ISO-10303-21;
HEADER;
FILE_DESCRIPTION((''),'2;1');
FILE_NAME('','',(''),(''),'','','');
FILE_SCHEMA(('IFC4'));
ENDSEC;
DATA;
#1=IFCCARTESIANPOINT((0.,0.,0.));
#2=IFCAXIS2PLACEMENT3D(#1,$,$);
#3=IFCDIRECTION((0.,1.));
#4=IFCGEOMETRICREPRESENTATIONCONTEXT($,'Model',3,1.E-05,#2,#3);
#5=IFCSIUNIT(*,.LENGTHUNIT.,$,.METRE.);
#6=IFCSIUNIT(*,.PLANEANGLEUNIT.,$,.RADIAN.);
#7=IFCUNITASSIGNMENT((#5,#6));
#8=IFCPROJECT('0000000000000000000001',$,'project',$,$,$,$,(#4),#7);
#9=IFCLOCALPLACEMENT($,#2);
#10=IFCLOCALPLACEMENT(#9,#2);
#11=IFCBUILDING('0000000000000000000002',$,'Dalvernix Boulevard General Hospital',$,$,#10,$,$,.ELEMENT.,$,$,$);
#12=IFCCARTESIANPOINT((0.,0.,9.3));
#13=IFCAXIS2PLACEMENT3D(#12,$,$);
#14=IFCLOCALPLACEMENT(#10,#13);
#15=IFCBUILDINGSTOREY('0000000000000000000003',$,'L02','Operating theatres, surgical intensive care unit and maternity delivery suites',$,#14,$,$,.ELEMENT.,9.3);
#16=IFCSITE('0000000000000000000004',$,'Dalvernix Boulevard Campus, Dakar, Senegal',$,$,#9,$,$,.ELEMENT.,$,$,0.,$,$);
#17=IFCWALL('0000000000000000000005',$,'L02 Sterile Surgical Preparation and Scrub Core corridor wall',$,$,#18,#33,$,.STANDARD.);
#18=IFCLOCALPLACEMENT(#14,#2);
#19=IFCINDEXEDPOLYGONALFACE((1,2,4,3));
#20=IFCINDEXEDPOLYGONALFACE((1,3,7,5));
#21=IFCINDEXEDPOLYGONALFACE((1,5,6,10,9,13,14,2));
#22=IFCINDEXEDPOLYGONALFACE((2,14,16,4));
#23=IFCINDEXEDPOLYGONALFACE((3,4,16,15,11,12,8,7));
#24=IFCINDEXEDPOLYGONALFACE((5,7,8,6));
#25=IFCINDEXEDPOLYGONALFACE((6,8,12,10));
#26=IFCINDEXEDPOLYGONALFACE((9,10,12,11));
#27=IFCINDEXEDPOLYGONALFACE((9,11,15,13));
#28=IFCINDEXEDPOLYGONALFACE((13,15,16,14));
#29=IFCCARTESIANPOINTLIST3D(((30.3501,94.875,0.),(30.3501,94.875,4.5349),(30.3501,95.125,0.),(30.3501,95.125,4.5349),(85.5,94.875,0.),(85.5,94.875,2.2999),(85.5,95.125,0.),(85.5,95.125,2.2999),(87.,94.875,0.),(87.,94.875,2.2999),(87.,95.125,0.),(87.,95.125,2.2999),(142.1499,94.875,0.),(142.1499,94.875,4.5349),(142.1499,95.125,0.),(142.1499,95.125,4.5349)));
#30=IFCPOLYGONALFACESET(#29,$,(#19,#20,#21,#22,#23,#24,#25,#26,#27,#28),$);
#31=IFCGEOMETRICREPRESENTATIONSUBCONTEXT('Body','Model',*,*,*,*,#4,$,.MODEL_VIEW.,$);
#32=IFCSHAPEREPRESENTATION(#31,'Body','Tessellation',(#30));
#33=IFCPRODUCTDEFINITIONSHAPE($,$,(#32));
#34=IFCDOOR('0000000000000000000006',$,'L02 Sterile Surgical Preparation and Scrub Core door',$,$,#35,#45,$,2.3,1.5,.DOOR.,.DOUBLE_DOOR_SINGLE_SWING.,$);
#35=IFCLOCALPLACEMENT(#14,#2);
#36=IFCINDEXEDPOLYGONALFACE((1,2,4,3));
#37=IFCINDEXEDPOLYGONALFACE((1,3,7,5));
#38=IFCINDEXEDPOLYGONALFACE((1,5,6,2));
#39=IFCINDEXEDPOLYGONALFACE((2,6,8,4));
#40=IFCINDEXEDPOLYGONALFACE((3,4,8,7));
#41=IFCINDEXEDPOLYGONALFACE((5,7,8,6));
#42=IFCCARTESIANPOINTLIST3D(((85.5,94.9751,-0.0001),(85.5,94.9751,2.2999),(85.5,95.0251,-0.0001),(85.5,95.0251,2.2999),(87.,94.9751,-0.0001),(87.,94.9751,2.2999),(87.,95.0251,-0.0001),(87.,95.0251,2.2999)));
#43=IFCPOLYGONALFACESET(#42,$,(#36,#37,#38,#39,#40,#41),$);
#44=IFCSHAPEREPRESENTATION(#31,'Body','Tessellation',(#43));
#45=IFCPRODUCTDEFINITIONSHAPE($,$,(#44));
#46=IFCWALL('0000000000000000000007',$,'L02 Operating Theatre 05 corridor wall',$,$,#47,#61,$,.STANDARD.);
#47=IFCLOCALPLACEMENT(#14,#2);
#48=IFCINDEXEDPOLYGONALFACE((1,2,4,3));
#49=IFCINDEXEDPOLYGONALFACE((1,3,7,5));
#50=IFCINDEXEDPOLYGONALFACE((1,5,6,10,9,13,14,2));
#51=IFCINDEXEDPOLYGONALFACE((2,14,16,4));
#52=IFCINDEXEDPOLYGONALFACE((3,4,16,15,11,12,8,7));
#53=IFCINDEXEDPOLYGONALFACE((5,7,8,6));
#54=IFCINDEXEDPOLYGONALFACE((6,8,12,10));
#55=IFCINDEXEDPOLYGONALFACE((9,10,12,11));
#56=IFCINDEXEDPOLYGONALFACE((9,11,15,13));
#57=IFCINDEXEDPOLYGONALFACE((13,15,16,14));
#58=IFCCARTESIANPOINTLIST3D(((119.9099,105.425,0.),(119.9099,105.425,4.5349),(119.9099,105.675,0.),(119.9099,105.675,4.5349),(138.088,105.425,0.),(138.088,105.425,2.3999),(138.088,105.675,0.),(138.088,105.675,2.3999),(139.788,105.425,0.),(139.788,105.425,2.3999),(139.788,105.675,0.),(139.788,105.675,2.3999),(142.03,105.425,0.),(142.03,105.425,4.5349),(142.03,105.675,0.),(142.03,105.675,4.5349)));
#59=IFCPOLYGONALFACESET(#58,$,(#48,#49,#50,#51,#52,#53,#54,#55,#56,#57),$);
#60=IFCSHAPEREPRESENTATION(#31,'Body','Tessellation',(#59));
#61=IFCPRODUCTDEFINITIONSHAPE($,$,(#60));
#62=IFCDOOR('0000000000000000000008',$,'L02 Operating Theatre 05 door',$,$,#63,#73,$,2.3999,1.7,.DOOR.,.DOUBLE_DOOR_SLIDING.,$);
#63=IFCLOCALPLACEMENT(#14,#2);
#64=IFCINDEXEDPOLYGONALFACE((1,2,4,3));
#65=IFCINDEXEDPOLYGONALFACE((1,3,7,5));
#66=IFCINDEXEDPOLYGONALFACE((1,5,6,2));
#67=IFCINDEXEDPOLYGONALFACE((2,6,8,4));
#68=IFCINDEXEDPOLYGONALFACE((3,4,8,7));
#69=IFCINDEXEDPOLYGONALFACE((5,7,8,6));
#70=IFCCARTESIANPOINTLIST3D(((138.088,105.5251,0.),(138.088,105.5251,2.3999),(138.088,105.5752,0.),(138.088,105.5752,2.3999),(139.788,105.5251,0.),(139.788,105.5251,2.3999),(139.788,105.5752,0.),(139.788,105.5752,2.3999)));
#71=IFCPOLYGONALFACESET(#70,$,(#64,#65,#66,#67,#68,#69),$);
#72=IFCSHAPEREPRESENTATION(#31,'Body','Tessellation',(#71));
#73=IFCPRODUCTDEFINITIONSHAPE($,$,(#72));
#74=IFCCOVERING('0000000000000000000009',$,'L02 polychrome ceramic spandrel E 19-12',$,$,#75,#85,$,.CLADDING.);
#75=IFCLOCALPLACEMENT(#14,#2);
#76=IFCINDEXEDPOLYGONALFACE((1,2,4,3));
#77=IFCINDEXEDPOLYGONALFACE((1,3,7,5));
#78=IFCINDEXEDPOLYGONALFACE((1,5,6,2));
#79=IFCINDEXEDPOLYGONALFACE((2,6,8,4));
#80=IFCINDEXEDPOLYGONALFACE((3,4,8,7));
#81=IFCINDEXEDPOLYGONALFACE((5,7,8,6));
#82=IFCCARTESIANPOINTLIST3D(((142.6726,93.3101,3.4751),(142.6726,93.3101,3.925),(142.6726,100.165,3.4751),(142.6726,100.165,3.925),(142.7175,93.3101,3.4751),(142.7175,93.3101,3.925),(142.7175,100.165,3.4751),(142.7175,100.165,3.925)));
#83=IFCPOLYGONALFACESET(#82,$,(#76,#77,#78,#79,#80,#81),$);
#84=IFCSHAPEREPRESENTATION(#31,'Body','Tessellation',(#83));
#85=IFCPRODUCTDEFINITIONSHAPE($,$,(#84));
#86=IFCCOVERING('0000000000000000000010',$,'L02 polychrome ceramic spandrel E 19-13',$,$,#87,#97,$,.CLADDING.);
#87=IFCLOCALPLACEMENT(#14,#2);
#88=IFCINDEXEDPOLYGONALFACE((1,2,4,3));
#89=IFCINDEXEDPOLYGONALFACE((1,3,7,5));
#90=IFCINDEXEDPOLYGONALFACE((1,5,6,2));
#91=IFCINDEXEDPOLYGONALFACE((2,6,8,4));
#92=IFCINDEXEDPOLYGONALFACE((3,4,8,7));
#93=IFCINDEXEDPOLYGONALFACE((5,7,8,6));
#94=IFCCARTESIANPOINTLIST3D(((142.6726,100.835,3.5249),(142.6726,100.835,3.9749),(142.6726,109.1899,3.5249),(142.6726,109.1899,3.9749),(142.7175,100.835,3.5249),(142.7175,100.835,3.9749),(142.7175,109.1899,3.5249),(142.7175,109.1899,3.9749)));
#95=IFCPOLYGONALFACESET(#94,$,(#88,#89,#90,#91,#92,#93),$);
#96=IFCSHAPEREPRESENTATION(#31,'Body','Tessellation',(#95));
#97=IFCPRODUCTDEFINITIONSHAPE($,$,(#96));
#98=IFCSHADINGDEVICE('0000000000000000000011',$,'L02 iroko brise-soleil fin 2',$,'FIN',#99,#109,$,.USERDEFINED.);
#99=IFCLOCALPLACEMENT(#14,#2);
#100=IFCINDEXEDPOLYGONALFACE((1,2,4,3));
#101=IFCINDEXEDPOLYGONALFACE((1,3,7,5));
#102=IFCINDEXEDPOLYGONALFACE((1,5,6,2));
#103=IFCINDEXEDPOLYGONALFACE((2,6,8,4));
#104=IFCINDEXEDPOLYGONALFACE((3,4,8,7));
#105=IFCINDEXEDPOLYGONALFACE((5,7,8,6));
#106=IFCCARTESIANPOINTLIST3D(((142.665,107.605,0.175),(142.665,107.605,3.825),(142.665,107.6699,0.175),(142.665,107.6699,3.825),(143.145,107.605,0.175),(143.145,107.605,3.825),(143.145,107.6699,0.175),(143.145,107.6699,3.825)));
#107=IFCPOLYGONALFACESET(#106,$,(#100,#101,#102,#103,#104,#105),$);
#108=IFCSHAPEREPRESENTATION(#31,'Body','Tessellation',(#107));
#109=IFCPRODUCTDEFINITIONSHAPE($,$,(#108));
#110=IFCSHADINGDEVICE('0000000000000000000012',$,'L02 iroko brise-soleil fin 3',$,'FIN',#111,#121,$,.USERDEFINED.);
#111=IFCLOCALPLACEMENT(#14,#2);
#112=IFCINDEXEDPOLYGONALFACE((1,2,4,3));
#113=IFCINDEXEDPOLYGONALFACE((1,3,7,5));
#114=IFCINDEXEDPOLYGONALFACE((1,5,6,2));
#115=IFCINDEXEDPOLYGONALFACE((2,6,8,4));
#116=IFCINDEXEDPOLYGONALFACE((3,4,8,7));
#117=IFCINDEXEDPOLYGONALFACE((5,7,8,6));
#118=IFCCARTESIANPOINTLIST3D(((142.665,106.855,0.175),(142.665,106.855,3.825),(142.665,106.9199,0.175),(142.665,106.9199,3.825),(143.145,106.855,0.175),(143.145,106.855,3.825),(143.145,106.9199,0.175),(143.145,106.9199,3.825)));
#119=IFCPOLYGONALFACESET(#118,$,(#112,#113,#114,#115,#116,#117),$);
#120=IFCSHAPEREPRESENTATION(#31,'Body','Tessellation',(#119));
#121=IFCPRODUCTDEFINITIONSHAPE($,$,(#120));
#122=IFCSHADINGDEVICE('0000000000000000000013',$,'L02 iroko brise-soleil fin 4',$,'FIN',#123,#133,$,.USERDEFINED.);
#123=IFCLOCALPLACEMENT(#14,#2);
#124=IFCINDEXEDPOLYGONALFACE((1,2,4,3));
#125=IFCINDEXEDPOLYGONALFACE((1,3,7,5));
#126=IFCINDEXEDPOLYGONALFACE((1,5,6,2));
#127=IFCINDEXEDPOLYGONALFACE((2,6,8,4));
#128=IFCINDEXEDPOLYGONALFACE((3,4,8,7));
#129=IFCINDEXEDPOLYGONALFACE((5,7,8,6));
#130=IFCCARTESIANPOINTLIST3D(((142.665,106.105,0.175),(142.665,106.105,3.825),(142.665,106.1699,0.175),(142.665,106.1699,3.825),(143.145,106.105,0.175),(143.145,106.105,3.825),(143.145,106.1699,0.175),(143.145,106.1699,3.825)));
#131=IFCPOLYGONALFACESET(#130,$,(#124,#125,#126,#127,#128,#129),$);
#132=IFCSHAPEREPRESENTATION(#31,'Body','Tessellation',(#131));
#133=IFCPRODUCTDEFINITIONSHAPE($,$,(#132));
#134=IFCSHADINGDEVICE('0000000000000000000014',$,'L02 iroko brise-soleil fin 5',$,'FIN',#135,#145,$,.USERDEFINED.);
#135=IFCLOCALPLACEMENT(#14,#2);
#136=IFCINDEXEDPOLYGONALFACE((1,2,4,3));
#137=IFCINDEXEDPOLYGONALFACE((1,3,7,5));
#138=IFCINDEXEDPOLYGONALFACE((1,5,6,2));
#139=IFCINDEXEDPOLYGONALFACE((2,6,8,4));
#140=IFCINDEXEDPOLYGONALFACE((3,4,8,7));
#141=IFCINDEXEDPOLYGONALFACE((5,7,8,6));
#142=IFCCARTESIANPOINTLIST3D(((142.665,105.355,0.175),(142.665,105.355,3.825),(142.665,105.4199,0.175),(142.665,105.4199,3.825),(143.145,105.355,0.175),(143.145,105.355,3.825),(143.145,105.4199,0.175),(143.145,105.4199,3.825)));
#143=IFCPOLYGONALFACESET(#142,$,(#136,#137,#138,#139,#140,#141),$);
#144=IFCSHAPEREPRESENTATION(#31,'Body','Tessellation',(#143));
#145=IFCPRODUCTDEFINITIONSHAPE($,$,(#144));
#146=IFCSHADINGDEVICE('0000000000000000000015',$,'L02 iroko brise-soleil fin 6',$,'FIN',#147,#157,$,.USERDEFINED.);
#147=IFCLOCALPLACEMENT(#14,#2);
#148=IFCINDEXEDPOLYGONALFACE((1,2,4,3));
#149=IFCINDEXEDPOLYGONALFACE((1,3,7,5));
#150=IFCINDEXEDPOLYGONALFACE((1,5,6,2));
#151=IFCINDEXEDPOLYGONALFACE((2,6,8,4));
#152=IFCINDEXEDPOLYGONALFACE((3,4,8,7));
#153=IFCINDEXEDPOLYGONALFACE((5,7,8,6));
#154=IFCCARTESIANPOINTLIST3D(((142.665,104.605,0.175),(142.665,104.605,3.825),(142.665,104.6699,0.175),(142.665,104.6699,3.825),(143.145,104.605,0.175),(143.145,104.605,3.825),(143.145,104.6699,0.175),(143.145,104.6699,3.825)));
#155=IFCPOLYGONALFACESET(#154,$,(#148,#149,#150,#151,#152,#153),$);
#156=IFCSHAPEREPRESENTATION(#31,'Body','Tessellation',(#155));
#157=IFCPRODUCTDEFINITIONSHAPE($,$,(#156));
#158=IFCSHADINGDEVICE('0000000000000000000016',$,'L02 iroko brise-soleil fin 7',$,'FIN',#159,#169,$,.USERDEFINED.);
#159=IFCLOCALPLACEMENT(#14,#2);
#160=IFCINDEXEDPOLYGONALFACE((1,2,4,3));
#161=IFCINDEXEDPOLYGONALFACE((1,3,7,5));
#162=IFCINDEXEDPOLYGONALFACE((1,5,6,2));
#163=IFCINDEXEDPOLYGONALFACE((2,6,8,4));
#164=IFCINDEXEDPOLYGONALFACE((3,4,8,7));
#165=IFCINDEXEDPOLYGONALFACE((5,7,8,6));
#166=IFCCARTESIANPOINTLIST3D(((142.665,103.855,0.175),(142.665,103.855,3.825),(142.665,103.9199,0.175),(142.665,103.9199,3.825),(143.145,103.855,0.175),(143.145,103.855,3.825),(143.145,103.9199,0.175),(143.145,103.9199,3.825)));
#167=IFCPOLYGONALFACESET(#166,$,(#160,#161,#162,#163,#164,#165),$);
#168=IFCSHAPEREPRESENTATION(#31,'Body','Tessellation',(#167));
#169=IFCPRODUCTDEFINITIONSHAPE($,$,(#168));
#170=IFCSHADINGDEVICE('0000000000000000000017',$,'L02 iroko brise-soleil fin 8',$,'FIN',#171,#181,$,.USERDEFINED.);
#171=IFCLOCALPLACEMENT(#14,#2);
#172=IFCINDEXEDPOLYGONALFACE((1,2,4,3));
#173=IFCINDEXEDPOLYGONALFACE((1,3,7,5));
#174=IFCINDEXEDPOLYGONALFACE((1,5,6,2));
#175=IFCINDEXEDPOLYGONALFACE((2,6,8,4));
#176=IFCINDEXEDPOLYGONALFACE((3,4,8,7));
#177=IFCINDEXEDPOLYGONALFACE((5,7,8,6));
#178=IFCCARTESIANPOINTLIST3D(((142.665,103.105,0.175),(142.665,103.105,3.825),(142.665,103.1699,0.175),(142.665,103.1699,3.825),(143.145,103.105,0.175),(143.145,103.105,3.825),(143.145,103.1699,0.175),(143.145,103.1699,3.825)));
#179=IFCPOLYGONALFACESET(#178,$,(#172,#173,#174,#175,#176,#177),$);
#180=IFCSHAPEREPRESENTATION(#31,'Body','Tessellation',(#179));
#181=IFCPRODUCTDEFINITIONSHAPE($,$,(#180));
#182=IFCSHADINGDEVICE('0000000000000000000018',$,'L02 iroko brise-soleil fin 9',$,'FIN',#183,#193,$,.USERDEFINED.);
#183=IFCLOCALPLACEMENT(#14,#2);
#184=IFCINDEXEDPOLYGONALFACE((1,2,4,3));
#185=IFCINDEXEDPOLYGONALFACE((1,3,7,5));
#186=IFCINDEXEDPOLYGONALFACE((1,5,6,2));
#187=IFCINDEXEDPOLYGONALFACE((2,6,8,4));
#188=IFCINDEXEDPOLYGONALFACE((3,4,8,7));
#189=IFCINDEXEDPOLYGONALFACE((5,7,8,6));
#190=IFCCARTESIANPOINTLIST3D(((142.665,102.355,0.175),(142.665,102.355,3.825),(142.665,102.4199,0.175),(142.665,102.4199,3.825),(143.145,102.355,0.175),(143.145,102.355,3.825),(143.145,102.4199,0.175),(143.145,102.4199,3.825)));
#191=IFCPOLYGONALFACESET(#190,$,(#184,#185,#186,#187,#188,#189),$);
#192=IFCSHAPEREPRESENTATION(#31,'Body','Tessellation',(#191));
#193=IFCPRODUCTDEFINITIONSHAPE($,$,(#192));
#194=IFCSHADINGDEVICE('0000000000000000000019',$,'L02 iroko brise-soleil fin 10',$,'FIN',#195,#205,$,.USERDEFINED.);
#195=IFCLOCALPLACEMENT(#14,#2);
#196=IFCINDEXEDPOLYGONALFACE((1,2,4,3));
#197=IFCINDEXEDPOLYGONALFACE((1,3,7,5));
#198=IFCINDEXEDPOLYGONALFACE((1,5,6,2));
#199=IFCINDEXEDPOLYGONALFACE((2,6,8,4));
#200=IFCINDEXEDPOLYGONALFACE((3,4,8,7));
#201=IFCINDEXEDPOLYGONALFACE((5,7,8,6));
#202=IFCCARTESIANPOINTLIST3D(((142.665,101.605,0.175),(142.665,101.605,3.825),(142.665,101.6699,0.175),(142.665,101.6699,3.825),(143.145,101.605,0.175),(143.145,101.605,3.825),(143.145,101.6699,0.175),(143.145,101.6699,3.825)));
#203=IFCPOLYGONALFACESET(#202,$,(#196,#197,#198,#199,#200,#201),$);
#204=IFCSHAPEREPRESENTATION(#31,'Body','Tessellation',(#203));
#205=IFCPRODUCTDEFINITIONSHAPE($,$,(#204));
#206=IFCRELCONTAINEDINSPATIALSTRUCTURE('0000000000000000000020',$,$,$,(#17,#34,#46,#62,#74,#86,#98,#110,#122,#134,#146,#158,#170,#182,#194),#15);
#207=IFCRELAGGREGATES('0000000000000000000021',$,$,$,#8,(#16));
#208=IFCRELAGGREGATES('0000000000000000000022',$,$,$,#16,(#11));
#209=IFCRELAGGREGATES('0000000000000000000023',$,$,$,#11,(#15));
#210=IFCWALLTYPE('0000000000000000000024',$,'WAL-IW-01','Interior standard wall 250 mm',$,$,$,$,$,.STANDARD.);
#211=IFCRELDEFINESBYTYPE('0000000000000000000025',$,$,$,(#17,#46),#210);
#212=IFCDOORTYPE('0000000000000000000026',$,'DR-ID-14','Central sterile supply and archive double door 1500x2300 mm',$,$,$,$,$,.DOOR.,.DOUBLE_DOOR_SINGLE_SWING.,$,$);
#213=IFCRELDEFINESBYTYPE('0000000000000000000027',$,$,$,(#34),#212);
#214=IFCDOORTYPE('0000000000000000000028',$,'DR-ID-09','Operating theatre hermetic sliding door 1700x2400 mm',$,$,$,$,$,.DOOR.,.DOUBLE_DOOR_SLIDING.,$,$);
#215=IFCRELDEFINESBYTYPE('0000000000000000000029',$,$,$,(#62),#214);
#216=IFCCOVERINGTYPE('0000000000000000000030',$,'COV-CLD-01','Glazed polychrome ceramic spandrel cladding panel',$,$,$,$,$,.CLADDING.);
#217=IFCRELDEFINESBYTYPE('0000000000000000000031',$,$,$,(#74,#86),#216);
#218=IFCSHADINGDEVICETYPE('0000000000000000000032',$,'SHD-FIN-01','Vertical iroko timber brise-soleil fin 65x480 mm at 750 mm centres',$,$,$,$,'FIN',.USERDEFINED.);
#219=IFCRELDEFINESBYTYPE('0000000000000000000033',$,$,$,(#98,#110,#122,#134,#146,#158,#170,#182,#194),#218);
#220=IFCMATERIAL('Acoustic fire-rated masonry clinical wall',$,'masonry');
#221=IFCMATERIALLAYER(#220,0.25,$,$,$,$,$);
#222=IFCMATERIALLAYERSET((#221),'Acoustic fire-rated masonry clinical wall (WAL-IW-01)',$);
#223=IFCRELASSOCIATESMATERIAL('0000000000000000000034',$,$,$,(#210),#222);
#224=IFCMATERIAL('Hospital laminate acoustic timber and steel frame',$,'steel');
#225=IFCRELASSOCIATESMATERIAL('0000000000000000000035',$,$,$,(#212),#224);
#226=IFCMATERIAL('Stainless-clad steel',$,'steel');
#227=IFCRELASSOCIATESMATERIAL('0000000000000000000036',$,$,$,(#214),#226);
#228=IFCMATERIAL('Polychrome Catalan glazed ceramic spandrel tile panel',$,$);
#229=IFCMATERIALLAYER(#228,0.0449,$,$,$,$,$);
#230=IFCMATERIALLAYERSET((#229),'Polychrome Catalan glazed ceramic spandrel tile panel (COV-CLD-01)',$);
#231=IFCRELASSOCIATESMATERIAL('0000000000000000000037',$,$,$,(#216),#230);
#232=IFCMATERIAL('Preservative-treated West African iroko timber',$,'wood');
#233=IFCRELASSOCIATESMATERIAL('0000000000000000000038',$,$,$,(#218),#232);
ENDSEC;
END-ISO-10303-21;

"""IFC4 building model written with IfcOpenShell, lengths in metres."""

from ifc_helpers import new_model, si_unit, direction, frame, frame_2d, origin, origin_2d, place, context, subcontext, project, spatial, rectangle, extrude, material, layer, layer_set, type_object, element, fill, save


model = new_model("IFC4")

# Units and contexts
model_context = context("Model", 3, precision=1e-05, world=origin(), true_north=direction((0.0, 1.0)))
body_context = subcontext(model_context, "Body", "Model", "MODEL_VIEW")
ifc_project = project(units=[si_unit("LENGTHUNIT", "METRE"), si_unit("PLANEANGLEUNIT", "RADIAN")], contexts=[model_context])

# Site, building, storey
site_placement = place(None, origin())
site = spatial("IfcSite", under=ifc_project, at=site_placement, Name="Dalvernix Boulevard Campus, Dakar, Senegal", CompositionType="ELEMENT", RefElevation=0.0)
building_placement = place(site_placement, origin())
building = spatial("IfcBuilding", under=site, at=building_placement, Name="Dalvernix Boulevard General Hospital", CompositionType="ELEMENT")
storey_placement = place(building_placement, frame((0.0, 0.0, 9.3)))
storey = spatial("IfcBuildingStorey", under=building, at=storey_placement, Name="L02", Description="Operating theatres, surgical intensive care unit and maternity delivery suites", CompositionType="ELEMENT", Elevation=9.3)

# Walls, openings, doors
ifc_material_1 = material(Name="Acoustic fire-rated masonry clinical wall", Category="masonry")
ifc_layer_1 = layer(ifc_material_1, 0.25)
ifc_layer_set_1 = layer_set([ifc_layer_1], Name="Acoustic fire-rated masonry clinical wall (WAL-IW-01)")
wall_type_1 = type_object("IfcWallType", Name="WAL-IW-01", Description="Interior standard wall 250 mm", PredefinedType="STANDARD", material=ifc_layer_set_1)
wall_1_placement = place(storey_placement, frame((142.1499, 95.0, 0.0), z_axis=(0.0, 0.0, 1.0), x_axis=(-1.0, 0.0, 0.0)))
wall_1 = element("IfcWall", 1, at=wall_1_placement, inside=storey, type_object=wall_type_1, Name="L02 Sterile Surgical Preparation and Scrub Core corridor wall", PredefinedType="STANDARD", context=body_context, shape_type="SweptSolid", body=[
    extrude(rectangle(XDim=111.7998, YDim=0.25, at=frame_2d((55.8999, 0.0))), origin(), (0.0, 0.0, 1.0), 4.5349),
])
opening_1_placement = place(wall_1_placement, frame((55.1499, 0.0, 0.0)))
opening_1 = element("IfcOpeningElement", 2, at=opening_1_placement, cuts=wall_1, PredefinedType="OPENING", context=body_context, shape_type="SweptSolid", body=[
    extrude(rectangle(XDim=1.5, YDim=2.3, at=frame_2d((0.75, 1.1499))), frame((0.0, 0.135, 0.0), z_axis=(0.0, -1.0, 0.0), x_axis=(1.0, 0.0, 0.0)), (0.0, 0.0, 1.0), 0.27),
])
ifc_material_2 = material(Name="Hospital laminate acoustic timber and steel frame", Category="steel")
door_type_1 = type_object("IfcDoorType", Name="DR-ID-14", Description="Central sterile supply and archive double door 1500x2300 mm", OperationType="DOUBLE_DOOR_SINGLE_SWING", PredefinedType="DOOR", material=ifc_material_2)
door_1_placement = place(opening_1_placement, origin())
door_1 = element("IfcDoor", 3, at=door_1_placement, inside=storey, type_object=door_type_1, Name="L02 Sterile Surgical Preparation and Scrub Core door", OperationType="DOUBLE_DOOR_SINGLE_SWING", OverallHeight=2.3, OverallWidth=1.5, PredefinedType="DOOR", context=body_context, shape_type="SweptSolid", body=[
    extrude(rectangle(XDim=1.5, YDim=2.3, at=frame_2d((0.75, 1.1499))), frame((0.0, 0.0249, 0.0), z_axis=(0.0, -1.0, 0.0), x_axis=(1.0, 0.0, 0.0)), (0.0, 0.0, 1.0), 0.05),
])
fill(opening_1, door_1)
wall_2_placement = place(storey_placement, frame((142.03, 105.55, 0.0), z_axis=(0.0, 0.0, 1.0), x_axis=(-1.0, 0.0, 0.0)))
wall_2 = element("IfcWall", 4, at=wall_2_placement, inside=storey, type_object=wall_type_1, Name="L02 Operating Theatre 05 corridor wall", PredefinedType="STANDARD", context=body_context, shape_type="SweptSolid", body=[
    extrude(rectangle(XDim=22.1201, YDim=0.25, at=frame_2d((11.0601, 0.0))), origin(), (0.0, 0.0, 1.0), 4.5349),
])
opening_2_placement = place(wall_2_placement, frame((2.2419, 0.0, 0.0)))
opening_2 = element("IfcOpeningElement", 5, at=opening_2_placement, cuts=wall_2, PredefinedType="OPENING", context=body_context, shape_type="SweptSolid", body=[
    extrude(rectangle(XDim=1.7, YDim=2.3999, at=frame_2d((0.8501, 1.2))), frame((0.0, 0.135, 0.0), z_axis=(0.0, -1.0, 0.0), x_axis=(1.0, 0.0, 0.0)), (0.0, 0.0, 1.0), 0.27),
])
ifc_material_3 = material(Name="Stainless-clad steel", Category="steel")
door_type_2 = type_object("IfcDoorType", Name="DR-ID-09", Description="Operating theatre hermetic sliding door 1700x2400 mm", OperationType="DOUBLE_DOOR_SLIDING", PredefinedType="DOOR", material=ifc_material_3)
door_2_placement = place(opening_2_placement, origin())
door_2 = element("IfcDoor", 6, at=door_2_placement, inside=storey, type_object=door_type_2, Name="L02 Operating Theatre 05 door", OperationType="DOUBLE_DOOR_SLIDING", OverallHeight=2.3999, OverallWidth=1.7, PredefinedType="DOOR", context=body_context, shape_type="SweptSolid", body=[
    extrude(rectangle(XDim=1.7, YDim=2.3999, at=frame_2d((0.8501, 1.2))), frame((0.0, 0.0249, 0.0), z_axis=(0.0, -1.0, 0.0), x_axis=(1.0, 0.0, 0.0)), (0.0, 0.0, 1.0), 0.05),
])
fill(opening_2, door_2)

# Coverings
ifc_material_4 = material(Name="Polychrome Catalan glazed ceramic spandrel tile panel")
ifc_layer_2 = layer(ifc_material_4, 0.0449)
ifc_layer_set_2 = layer_set([ifc_layer_2], Name="Polychrome Catalan glazed ceramic spandrel tile panel (COV-CLD-01)")
covering_type = type_object("IfcCoveringType", Name="COV-CLD-01", Description="Glazed polychrome ceramic spandrel cladding panel", PredefinedType="CLADDING", material=ifc_layer_set_2)
covering_1_placement = place(storey_placement, frame((142.6951, 96.7375, 3.4751), z_axis=(0.0, 0.0, 1.0), x_axis=(0.0, -1.0, 0.0)))
element("IfcCovering", 7, at=covering_1_placement, inside=storey, type_object=covering_type, Name="L02 polychrome ceramic spandrel E 19-12", PredefinedType="CLADDING", context=body_context, shape_type="SweptSolid", body=[
    extrude(rectangle(XDim=6.855, YDim=0.0449, at=origin_2d()), origin(), (0.0, 0.0, 1.0), 0.45),
])
covering_2_placement = place(storey_placement, frame((142.6951, 105.0125, 3.5249), z_axis=(0.0, 0.0, 1.0), x_axis=(0.0, -1.0, 0.0)))
element("IfcCovering", 8, at=covering_2_placement, inside=storey, type_object=covering_type, Name="L02 polychrome ceramic spandrel E 19-13", PredefinedType="CLADDING", context=body_context, shape_type="SweptSolid", body=[
    extrude(rectangle(XDim=8.355, YDim=0.0449, at=origin_2d()), origin(), (0.0, 0.0, 1.0), 0.45),
])

# Shading devices
ifc_material_5 = material(Name="Preservative-treated West African iroko timber", Category="wood")
shading_device_type = type_object("IfcShadingDeviceType", Name="SHD-FIN-01", Description="Vertical iroko timber brise-soleil fin 65x480 mm at 750 mm centres", ElementType="FIN", PredefinedType="USERDEFINED", material=ifc_material_5)
for number, where, z_axis, x_axis, name in (
    (9, (142.905, 107.6375, 0.175), (0.0, 0.0, 1.0), (0.0, -1.0, 0.0), "L02 iroko brise-soleil fin 2"),
    (10, (142.905, 106.8875, 0.175), (0.0, 0.0, 1.0), (0.0, -1.0, 0.0), "L02 iroko brise-soleil fin 3"),
    (11, (142.905, 106.1375, 0.175), (0.0, 0.0, 1.0), (0.0, -1.0, 0.0), "L02 iroko brise-soleil fin 4"),
    (12, (142.905, 105.3875, 0.175), (0.0, 0.0, 1.0), (0.0, -1.0, 0.0), "L02 iroko brise-soleil fin 5"),
    (13, (142.905, 104.6375, 0.175), (0.0, 0.0, 1.0), (0.0, -1.0, 0.0), "L02 iroko brise-soleil fin 6"),
    (14, (142.905, 103.8875, 0.175), (0.0, 0.0, 1.0), (0.0, -1.0, 0.0), "L02 iroko brise-soleil fin 7"),
    (15, (142.905, 103.1375, 0.175), (0.0, 0.0, 1.0), (0.0, -1.0, 0.0), "L02 iroko brise-soleil fin 8"),
    (16, (142.905, 102.3875, 0.175), (0.0, 0.0, 1.0), (0.0, -1.0, 0.0), "L02 iroko brise-soleil fin 9"),
    (17, (142.905, 101.6375, 0.175), (0.0, 0.0, 1.0), (0.0, -1.0, 0.0), "L02 iroko brise-soleil fin 10"),
):
    element("IfcShadingDevice", number, at=place(storey_placement, frame(where, z_axis=z_axis, x_axis=x_axis)), inside=storey, type_object=shading_device_type, Name=name, ObjectType="FIN", PredefinedType="USERDEFINED", context=body_context, shape_type="SweptSolid", body=[
        extrude(rectangle(XDim=0.0649, YDim=0.48, at=origin_2d()), origin(), (0.0, 0.0, 1.0), 3.6499),
    ])

save(model, "model.ifc")
